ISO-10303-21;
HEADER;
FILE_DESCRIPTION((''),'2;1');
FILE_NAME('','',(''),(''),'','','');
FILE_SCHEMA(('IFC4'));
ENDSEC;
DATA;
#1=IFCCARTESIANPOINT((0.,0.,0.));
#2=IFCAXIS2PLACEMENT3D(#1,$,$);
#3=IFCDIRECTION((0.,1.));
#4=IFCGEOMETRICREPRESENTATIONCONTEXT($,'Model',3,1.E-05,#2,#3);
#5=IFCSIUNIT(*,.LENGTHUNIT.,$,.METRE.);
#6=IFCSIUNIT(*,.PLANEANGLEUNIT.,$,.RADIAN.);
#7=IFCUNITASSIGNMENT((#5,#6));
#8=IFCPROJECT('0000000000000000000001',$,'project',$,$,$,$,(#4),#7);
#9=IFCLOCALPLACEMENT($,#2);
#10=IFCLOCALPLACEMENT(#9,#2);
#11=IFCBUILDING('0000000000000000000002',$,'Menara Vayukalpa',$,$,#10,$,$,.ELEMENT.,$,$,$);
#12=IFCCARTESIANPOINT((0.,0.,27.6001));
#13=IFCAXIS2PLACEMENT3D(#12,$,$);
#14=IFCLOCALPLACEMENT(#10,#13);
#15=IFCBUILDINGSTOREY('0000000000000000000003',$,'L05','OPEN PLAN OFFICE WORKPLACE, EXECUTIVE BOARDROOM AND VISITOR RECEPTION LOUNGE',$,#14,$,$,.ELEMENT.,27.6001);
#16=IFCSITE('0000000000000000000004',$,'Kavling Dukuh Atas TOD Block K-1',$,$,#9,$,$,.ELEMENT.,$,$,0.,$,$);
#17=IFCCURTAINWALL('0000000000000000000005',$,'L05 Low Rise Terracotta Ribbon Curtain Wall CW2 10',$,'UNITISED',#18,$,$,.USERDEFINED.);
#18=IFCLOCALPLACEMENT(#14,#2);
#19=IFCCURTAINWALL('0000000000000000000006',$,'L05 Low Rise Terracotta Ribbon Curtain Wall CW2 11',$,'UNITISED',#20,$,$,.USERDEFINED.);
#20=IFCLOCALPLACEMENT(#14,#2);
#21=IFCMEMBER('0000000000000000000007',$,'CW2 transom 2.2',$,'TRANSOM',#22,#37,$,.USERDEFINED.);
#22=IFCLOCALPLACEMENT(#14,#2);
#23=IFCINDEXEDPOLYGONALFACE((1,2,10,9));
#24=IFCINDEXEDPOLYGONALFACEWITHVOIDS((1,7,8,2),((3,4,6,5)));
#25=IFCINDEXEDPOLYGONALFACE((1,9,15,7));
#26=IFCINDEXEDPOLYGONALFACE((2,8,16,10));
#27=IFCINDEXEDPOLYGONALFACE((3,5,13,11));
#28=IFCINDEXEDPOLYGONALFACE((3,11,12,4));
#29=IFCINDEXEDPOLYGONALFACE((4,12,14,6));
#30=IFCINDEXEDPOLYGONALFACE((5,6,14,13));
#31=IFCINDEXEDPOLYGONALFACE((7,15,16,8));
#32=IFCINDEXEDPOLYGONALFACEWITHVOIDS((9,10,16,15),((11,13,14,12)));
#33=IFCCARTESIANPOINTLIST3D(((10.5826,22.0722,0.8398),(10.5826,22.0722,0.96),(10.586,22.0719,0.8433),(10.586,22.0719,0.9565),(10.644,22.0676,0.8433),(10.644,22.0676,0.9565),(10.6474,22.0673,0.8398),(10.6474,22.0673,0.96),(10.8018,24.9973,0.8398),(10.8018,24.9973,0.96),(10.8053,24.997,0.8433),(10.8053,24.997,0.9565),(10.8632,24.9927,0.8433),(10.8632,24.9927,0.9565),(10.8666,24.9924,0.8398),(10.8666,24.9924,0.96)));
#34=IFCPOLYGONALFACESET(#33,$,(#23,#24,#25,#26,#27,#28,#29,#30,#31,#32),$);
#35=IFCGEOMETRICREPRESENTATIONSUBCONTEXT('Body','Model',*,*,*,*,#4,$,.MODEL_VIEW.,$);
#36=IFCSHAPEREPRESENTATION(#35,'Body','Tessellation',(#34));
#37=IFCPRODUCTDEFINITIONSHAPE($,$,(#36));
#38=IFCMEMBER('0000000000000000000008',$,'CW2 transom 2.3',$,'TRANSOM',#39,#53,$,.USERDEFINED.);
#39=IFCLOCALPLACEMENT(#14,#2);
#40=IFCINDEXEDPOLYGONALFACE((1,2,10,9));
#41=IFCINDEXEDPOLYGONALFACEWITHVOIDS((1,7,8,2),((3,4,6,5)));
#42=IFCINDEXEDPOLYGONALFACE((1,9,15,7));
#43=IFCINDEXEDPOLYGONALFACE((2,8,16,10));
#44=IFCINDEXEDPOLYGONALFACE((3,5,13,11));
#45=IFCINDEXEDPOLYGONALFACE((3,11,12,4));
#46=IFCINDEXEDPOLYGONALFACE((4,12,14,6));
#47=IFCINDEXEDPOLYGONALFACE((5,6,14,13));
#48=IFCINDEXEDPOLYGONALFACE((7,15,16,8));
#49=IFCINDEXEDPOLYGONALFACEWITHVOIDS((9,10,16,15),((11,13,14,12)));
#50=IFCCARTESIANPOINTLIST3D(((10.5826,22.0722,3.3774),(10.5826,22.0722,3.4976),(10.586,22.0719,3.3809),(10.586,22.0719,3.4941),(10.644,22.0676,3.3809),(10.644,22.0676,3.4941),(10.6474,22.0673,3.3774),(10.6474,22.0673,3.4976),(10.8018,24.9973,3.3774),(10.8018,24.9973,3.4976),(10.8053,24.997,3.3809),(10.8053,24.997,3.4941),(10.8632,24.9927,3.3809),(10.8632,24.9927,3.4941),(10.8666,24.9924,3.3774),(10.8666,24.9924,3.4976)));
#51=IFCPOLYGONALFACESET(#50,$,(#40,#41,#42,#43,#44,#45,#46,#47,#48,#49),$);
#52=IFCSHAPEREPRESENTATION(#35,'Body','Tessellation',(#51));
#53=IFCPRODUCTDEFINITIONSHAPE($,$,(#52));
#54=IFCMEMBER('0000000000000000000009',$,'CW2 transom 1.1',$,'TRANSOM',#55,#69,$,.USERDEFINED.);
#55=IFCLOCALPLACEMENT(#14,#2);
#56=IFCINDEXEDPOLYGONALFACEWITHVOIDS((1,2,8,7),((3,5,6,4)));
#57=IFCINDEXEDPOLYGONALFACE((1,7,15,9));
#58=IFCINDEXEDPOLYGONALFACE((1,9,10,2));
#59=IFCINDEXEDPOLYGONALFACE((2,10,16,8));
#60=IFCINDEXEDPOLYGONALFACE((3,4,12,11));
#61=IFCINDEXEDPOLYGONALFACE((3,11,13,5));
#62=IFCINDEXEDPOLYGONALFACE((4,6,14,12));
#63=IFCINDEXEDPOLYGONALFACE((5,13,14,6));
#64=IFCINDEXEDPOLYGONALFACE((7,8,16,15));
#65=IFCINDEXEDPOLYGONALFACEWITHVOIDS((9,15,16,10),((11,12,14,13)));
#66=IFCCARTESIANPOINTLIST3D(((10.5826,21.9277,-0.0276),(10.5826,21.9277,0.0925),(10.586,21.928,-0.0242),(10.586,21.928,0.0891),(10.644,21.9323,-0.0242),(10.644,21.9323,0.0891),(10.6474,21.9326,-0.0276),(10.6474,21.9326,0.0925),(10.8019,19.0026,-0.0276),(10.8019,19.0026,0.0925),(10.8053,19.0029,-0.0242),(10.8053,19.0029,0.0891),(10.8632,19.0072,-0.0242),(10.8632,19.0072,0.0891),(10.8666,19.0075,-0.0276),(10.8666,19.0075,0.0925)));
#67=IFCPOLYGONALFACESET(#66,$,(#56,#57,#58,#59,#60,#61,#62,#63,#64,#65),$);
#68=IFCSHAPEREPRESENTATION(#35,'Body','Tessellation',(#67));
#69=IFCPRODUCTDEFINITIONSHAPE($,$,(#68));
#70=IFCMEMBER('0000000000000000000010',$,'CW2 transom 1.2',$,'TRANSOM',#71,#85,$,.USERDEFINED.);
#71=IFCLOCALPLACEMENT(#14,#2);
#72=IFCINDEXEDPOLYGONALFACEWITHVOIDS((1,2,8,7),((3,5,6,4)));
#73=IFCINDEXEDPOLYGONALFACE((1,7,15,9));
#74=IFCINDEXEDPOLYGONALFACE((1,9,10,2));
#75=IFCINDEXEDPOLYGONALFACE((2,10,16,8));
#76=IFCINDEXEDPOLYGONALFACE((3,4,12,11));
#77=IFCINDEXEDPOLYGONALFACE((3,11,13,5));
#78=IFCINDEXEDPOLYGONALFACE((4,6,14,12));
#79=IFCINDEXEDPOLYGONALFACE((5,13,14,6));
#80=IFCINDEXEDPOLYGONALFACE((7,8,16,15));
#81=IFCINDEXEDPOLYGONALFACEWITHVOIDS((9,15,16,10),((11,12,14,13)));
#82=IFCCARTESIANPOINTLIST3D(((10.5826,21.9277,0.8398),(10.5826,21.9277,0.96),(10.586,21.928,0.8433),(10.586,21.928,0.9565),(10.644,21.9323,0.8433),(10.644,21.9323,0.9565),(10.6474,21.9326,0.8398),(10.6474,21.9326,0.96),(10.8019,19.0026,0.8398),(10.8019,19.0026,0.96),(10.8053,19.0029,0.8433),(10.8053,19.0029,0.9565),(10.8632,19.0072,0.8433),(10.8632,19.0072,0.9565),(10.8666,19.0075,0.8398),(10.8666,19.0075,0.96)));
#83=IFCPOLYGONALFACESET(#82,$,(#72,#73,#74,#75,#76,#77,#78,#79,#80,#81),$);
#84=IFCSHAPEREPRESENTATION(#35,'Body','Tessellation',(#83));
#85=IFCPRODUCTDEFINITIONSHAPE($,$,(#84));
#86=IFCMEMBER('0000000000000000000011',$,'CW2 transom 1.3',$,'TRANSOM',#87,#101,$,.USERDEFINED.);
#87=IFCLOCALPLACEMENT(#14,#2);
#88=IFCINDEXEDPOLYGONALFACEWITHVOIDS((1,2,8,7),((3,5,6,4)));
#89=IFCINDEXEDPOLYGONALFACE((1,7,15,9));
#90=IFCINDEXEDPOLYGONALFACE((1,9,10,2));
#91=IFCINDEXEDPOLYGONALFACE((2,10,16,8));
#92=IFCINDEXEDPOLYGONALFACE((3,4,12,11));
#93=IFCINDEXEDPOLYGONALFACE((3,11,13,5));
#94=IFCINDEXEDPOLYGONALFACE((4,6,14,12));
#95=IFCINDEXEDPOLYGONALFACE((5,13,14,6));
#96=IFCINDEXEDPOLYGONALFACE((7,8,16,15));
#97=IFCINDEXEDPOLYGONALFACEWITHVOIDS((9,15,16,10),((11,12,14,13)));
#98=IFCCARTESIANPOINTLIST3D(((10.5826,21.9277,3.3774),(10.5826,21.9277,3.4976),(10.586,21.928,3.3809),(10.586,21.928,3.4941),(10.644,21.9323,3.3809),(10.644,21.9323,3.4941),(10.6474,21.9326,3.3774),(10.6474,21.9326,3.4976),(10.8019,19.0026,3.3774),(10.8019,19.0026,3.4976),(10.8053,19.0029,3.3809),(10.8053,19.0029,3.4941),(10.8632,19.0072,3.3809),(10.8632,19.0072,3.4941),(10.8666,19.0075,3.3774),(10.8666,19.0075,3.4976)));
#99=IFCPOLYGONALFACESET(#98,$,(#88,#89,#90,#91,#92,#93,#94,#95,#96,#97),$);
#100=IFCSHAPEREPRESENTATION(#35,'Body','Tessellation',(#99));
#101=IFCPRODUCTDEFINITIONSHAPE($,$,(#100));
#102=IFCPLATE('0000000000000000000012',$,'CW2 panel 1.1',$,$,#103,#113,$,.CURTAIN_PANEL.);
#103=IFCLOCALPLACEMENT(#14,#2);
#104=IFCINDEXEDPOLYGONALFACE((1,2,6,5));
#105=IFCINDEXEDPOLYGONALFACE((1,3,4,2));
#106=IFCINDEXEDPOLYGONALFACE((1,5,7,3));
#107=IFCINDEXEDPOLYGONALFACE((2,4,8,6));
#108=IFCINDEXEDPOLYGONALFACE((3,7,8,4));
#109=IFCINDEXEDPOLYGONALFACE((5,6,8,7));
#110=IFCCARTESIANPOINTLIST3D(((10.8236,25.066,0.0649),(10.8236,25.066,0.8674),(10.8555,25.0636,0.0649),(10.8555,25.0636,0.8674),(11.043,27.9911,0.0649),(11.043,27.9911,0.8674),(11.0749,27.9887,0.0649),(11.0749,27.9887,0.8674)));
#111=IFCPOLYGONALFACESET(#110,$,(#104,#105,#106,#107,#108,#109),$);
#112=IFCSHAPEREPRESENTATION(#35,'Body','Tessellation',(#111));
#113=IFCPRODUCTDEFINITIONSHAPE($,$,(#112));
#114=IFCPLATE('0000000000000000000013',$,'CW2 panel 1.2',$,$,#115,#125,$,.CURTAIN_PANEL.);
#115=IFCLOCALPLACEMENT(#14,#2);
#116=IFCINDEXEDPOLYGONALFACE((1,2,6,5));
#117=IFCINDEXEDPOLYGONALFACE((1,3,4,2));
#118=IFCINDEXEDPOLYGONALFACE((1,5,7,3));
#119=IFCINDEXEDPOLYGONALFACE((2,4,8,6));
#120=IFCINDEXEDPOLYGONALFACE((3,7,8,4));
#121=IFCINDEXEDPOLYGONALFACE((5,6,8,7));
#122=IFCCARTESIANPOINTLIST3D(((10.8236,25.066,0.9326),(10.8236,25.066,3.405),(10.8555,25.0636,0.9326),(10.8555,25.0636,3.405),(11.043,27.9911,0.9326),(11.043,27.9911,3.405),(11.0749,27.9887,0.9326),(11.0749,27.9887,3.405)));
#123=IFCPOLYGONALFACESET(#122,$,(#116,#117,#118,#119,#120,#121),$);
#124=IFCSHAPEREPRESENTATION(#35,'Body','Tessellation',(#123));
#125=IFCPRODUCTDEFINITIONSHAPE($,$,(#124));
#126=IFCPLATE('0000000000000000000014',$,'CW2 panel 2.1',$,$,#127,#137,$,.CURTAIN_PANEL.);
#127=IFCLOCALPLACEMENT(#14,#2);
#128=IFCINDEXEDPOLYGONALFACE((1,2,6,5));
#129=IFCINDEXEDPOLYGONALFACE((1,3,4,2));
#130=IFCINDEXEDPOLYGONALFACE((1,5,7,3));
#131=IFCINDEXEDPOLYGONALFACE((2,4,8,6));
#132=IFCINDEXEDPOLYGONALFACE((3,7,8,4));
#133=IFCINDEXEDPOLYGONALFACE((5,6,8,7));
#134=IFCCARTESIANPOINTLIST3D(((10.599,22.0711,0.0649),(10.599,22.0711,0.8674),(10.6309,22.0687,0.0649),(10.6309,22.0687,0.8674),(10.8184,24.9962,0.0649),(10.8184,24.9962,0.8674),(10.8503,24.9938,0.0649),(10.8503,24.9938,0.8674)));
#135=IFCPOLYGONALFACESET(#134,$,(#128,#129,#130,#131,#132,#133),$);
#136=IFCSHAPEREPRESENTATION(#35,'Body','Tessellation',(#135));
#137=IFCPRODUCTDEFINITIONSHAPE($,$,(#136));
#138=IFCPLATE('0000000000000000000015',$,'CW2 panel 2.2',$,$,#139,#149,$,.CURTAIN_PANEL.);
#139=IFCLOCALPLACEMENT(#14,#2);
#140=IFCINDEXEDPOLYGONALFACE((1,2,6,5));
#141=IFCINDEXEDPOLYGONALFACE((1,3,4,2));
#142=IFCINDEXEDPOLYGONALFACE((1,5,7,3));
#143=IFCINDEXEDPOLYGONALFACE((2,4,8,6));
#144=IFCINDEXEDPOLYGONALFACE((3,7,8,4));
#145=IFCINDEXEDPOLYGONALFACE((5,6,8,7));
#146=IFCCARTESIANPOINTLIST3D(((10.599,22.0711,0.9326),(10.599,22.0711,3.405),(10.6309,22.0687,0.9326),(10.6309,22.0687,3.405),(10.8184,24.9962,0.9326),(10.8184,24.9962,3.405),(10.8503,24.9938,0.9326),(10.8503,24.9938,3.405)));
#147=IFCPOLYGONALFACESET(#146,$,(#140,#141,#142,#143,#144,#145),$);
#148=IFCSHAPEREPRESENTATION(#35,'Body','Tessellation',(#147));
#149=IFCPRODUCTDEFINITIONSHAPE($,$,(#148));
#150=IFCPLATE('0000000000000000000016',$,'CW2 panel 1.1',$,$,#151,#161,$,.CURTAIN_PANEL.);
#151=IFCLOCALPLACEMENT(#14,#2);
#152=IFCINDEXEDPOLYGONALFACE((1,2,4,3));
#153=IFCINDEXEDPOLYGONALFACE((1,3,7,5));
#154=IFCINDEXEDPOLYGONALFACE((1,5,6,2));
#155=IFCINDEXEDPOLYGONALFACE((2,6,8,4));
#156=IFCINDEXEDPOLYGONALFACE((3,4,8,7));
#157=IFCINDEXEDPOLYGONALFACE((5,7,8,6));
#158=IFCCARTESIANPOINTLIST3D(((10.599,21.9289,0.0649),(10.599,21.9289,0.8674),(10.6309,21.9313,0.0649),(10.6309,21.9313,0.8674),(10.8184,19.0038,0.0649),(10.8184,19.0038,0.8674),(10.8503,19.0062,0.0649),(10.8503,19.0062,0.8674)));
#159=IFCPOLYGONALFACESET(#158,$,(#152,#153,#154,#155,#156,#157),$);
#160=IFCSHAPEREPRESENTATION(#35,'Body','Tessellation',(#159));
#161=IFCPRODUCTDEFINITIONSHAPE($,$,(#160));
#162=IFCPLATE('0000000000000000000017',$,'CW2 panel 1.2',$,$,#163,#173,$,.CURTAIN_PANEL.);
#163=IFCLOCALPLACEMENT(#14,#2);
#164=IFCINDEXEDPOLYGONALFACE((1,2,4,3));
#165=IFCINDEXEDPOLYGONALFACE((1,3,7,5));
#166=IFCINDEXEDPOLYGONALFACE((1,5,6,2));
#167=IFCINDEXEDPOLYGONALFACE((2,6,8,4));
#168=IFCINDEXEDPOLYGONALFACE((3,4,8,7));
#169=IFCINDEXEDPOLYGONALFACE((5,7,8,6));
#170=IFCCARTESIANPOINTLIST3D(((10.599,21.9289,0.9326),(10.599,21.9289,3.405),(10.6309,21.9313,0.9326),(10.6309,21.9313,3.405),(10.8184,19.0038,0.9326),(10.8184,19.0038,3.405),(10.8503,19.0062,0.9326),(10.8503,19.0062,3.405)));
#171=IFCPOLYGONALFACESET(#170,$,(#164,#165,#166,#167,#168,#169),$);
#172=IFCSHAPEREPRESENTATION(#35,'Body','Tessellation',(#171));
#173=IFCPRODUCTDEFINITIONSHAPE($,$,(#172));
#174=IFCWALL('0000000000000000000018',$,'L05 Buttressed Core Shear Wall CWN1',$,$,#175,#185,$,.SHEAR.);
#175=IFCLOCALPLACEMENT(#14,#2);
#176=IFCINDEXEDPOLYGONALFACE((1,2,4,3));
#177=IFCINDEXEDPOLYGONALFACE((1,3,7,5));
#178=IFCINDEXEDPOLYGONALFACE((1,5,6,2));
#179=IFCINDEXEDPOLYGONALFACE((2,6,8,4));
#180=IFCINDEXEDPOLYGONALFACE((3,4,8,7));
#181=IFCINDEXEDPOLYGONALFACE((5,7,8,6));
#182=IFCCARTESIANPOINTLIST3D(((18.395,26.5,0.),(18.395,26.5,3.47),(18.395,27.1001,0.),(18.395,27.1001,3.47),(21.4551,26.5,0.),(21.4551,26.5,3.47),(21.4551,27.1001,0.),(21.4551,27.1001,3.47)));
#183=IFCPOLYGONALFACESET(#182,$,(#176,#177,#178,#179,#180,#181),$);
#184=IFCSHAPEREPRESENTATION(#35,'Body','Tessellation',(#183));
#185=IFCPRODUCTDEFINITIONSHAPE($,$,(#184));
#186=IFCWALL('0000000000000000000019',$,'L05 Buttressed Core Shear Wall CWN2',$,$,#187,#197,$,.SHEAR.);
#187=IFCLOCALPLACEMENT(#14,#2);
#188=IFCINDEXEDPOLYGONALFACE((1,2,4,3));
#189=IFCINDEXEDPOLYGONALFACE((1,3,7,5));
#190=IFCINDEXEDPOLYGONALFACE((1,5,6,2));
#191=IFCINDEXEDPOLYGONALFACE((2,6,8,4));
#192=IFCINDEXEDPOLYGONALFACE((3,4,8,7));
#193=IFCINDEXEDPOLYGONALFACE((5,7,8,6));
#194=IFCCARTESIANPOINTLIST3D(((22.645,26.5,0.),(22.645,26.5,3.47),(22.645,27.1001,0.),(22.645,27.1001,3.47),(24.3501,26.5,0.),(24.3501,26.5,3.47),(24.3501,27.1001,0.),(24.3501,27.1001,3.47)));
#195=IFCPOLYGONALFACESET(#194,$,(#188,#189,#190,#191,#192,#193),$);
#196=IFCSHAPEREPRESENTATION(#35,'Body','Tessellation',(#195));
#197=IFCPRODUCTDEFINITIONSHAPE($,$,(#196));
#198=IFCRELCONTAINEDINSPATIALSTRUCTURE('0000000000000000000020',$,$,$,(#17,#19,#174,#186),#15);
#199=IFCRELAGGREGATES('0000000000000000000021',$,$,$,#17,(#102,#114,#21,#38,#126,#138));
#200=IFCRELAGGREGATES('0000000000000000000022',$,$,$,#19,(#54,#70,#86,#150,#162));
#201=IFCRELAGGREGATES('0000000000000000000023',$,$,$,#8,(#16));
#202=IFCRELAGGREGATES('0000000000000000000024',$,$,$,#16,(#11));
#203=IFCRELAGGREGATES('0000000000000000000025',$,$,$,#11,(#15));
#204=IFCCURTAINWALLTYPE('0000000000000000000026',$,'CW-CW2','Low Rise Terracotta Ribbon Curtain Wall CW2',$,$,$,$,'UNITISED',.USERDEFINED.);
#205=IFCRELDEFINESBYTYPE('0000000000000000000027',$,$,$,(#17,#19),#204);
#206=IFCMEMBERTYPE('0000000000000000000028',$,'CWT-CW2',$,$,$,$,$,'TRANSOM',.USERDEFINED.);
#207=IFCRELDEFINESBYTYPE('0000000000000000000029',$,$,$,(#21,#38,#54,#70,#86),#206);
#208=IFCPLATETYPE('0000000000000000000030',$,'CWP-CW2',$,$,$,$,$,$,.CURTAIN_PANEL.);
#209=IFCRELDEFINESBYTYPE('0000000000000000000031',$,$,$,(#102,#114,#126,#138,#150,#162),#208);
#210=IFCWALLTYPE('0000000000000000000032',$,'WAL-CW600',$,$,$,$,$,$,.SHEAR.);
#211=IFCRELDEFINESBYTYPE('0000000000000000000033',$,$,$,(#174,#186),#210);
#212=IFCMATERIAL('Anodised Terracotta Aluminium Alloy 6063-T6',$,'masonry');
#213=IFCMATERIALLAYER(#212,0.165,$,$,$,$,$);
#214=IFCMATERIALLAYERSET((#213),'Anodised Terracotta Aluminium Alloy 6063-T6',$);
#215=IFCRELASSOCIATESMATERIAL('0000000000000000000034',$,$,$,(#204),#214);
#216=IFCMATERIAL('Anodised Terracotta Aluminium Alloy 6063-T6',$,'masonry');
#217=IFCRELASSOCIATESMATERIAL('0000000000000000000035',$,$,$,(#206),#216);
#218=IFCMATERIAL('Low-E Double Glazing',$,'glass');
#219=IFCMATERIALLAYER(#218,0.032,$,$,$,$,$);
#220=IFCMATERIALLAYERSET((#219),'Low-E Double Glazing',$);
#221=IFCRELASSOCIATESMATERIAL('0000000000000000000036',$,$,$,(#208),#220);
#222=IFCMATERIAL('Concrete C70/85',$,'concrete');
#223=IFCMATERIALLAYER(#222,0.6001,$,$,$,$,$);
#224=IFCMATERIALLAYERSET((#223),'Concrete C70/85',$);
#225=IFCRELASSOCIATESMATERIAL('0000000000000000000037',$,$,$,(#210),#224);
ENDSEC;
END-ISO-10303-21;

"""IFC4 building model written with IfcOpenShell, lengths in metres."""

from ifc_helpers import new_model, si_unit, direction, frame, frame_2d, origin, origin_2d, place, context, subcontext, project, spatial, rectangle, hollow_rectangle, extrude, material, layer, layer_set, material_profile, profile_set, type_object, element, aggregate, save


model = new_model("IFC4")

# Units and contexts
model_context = context("Model", 3, precision=1e-05, world=origin(), true_north=direction((0.0, 1.0)))
body_context = subcontext(model_context, "Body", "Model", "MODEL_VIEW")
ifc_project = project(units=[si_unit("LENGTHUNIT", "METRE"), si_unit("PLANEANGLEUNIT", "RADIAN")], contexts=[model_context])

# Site, building, storey
site_placement = place(None, origin())
site = spatial("IfcSite", under=ifc_project, at=site_placement, Name="Kavling Dukuh Atas TOD Block K-1", CompositionType="ELEMENT", RefElevation=0.0)
building_placement = place(site_placement, origin())
building = spatial("IfcBuilding", under=site, at=building_placement, Name="Menara Vayukalpa", CompositionType="ELEMENT")
storey_placement = place(building_placement, frame((0.0, 0.0, 27.6001)))
storey = spatial("IfcBuildingStorey", under=building, at=storey_placement, Name="L05", Description="OPEN PLAN OFFICE WORKPLACE, EXECUTIVE BOARDROOM AND VISITOR RECEPTION LOUNGE", CompositionType="ELEMENT", Elevation=27.6001)

# Curtain wall
ifc_material_1 = material(Name="Anodised Terracotta Aluminium Alloy 6063-T6", Category="masonry")
ifc_layer_1 = layer(ifc_material_1, 0.165)
ifc_layer_set_1 = layer_set([ifc_layer_1], Name="Anodised Terracotta Aluminium Alloy 6063-T6")
curtain_wall_type = type_object("IfcCurtainWallType", Name="CW-CW2", Description="Low Rise Terracotta Ribbon Curtain Wall CW2", ElementType="UNITISED", PredefinedType="USERDEFINED", material=ifc_layer_set_1)
curtain_wall_1_placement = place(storey_placement, origin())
curtain_wall_1 = element("IfcCurtainWall", 1, at=curtain_wall_1_placement, inside=storey, type_object=curtain_wall_type, Name="L05 Low Rise Terracotta Ribbon Curtain Wall CW2 10", ObjectType="UNITISED", PredefinedType="USERDEFINED")

# Curtain wall
curtain_wall_2_placement = place(storey_placement, origin())
curtain_wall_2 = element("IfcCurtainWall", 2, at=curtain_wall_2_placement, inside=storey, type_object=curtain_wall_type, Name="L05 Low Rise Terracotta Ribbon Curtain Wall CW2 11", ObjectType="UNITISED", PredefinedType="USERDEFINED")

# Members
ifc_material_2 = material(Name="Anodised Terracotta Aluminium Alloy 6063-T6", Category="masonry")
ifc_material_profile_1 = material_profile(ifc_material_2, hollow_rectangle(XDim=0.0649, YDim=0.1201, WallThickness=0.0034, at=origin_2d()), Name="ALU 65x120x3.5")
ifc_profile_set_1 = profile_set([ifc_material_profile_1], Name="Anodised Terracotta Aluminium Alloy 6063-T6")
member_type_1 = type_object("IfcMemberType", Name="CWT-CW2", ElementType="TRANSOM", PredefinedType="USERDEFINED", material=ifc_profile_set_1)
member_1_placement = place(storey_placement, frame((10.8342, 24.9949, 0.8999), z_axis=(-0.074742, -0.997203, 0.0), x_axis=(0.997203, -0.074742, 0.0)))
member_1 = element("IfcMember", 3, at=member_1_placement, type_object=member_type_1, Name="CW2 transom 2.2", ObjectType="TRANSOM", PredefinedType="USERDEFINED", context=body_context, shape_type="SweptSolid", body=[
    extrude(hollow_rectangle(XDim=0.0649, YDim=0.1201, WallThickness=0.0034, at=origin_2d()), origin(), (0.0, 0.0, 1.0), 2.9333),
])
member_2_placement = place(storey_placement, frame((10.8342, 24.9949, 3.4375), z_axis=(-0.074742, -0.997203, 0.0), x_axis=(0.997203, -0.074742, 0.0)))
member_2 = element("IfcMember", 4, at=member_2_placement, type_object=member_type_1, Name="CW2 transom 2.3", ObjectType="TRANSOM", PredefinedType="USERDEFINED", context=body_context, shape_type="SweptSolid", body=[
    extrude(hollow_rectangle(XDim=0.0649, YDim=0.1201, WallThickness=0.0034, at=origin_2d()), origin(), (0.0, 0.0, 1.0), 2.9333),
])
member_3_placement = place(storey_placement, frame((10.615, 21.9302, 0.0325), z_axis=(0.074742, -0.997203, 0.0), x_axis=(0.997203, 0.074742, 0.0)))
member_3 = element("IfcMember", 5, at=member_3_placement, type_object=member_type_1, Name="CW2 transom 1.1", ObjectType="TRANSOM", PredefinedType="USERDEFINED", context=body_context, shape_type="SweptSolid", body=[
    extrude(hollow_rectangle(XDim=0.0649, YDim=0.1201, WallThickness=0.0034, at=origin_2d()), origin(), (0.0, 0.0, 1.0), 2.9333),
])
member_4_placement = place(storey_placement, frame((10.615, 21.9302, 0.8999), z_axis=(0.074742, -0.997203, 0.0), x_axis=(0.997203, 0.074742, 0.0)))
member_4 = element("IfcMember", 6, at=member_4_placement, type_object=member_type_1, Name="CW2 transom 1.2", ObjectType="TRANSOM", PredefinedType="USERDEFINED", context=body_context, shape_type="SweptSolid", body=[
    extrude(hollow_rectangle(XDim=0.0649, YDim=0.1201, WallThickness=0.0034, at=origin_2d()), origin(), (0.0, 0.0, 1.0), 2.9333),
])
member_5_placement = place(storey_placement, frame((10.615, 21.9302, 3.4375), z_axis=(0.074742, -0.997203, 0.0), x_axis=(0.997203, 0.074742, 0.0)))
member_5 = element("IfcMember", 7, at=member_5_placement, type_object=member_type_1, Name="CW2 transom 1.3", ObjectType="TRANSOM", PredefinedType="USERDEFINED", context=body_context, shape_type="SweptSolid", body=[
    extrude(hollow_rectangle(XDim=0.0649, YDim=0.1201, WallThickness=0.0034, at=origin_2d()), origin(), (0.0, 0.0, 1.0), 2.9333),
])

# Plates
ifc_material_3 = material(Name="Low-E Double Glazing", Category="glass")
ifc_layer_2 = layer(ifc_material_3, 0.032)
ifc_layer_set_2 = layer_set([ifc_layer_2], Name="Low-E Double Glazing")
plate_type = type_object("IfcPlateType", Name="CWP-CW2", PredefinedType="CURTAIN_PANEL", material=ifc_layer_set_2)
plate_1_placement = place(storey_placement, frame((10.9492, 26.5273, 0.0649), z_axis=(0.0, 0.0, 1.0), x_axis=(-0.074795, -0.997199, 0.0)))
plate_1 = element("IfcPlate", 8, at=plate_1_placement, type_object=plate_type, Name="CW2 panel 1.1", PredefinedType="CURTAIN_PANEL", context=body_context, shape_type="SweptSolid", body=[
    extrude(rectangle(XDim=2.9333, YDim=0.032, at=origin_2d()), origin(), (0.0, 0.0, 1.0), 0.8025),
])
plate_2_placement = place(storey_placement, frame((10.9492, 26.5273, 0.9326), z_axis=(0.0, 0.0, 1.0), x_axis=(-0.074795, -0.997199, 0.0)))
plate_2 = element("IfcPlate", 9, at=plate_2_placement, type_object=plate_type, Name="CW2 panel 1.2", PredefinedType="CURTAIN_PANEL", context=body_context, shape_type="SweptSolid", body=[
    extrude(rectangle(XDim=2.9333, YDim=0.032, at=origin_2d()), origin(), (0.0, 0.0, 1.0), 2.4724),
])
plate_3_placement = place(storey_placement, frame((10.7246, 23.5325, 0.0649), z_axis=(0.0, 0.0, 1.0), x_axis=(-0.074795, -0.997199, 0.0)))
plate_3 = element("IfcPlate", 10, at=plate_3_placement, type_object=plate_type, Name="CW2 panel 2.1", PredefinedType="CURTAIN_PANEL", context=body_context, shape_type="SweptSolid", body=[
    extrude(rectangle(XDim=2.9333, YDim=0.032, at=origin_2d()), origin(), (0.0, 0.0, 1.0), 0.8025),
])
plate_4_placement = place(storey_placement, frame((10.7246, 23.5325, 0.9326), z_axis=(0.0, 0.0, 1.0), x_axis=(-0.074795, -0.997199, 0.0)))
plate_4 = element("IfcPlate", 11, at=plate_4_placement, type_object=plate_type, Name="CW2 panel 2.2", PredefinedType="CURTAIN_PANEL", context=body_context, shape_type="SweptSolid", body=[
    extrude(rectangle(XDim=2.9333, YDim=0.032, at=origin_2d()), origin(), (0.0, 0.0, 1.0), 2.4724),
])
aggregate(curtain_wall_1, [plate_1, plate_2, member_1, member_2, plate_3, plate_4])
plate_5_placement = place(storey_placement, frame((10.7246, 20.4675, 0.0649), z_axis=(0.0, 0.0, 1.0), x_axis=(0.074795, -0.997199, 0.0)))
plate_5 = element("IfcPlate", 12, at=plate_5_placement, type_object=plate_type, Name="CW2 panel 1.1", PredefinedType="CURTAIN_PANEL", context=body_context, shape_type="SweptSolid", body=[
    extrude(rectangle(XDim=2.9333, YDim=0.032, at=origin_2d()), origin(), (0.0, 0.0, 1.0), 0.8025),
])
plate_6_placement = place(storey_placement, frame((10.7246, 20.4675, 0.9326), z_axis=(0.0, 0.0, 1.0), x_axis=(0.074795, -0.997199, 0.0)))
plate_6 = element("IfcPlate", 13, at=plate_6_placement, type_object=plate_type, Name="CW2 panel 1.2", PredefinedType="CURTAIN_PANEL", context=body_context, shape_type="SweptSolid", body=[
    extrude(rectangle(XDim=2.9333, YDim=0.032, at=origin_2d()), origin(), (0.0, 0.0, 1.0), 2.4724),
])
aggregate(curtain_wall_2, [member_3, member_4, member_5, plate_5, plate_6])

# Walls
ifc_material_4 = material(Name="Concrete C70/85", Category="concrete")
ifc_layer_3 = layer(ifc_material_4, 0.6001)
ifc_layer_set_3 = layer_set([ifc_layer_3], Name="Concrete C70/85")
wall_type_1 = type_object("IfcWallType", Name="WAL-CW600", PredefinedType="SHEAR", material=ifc_layer_set_3)
wall_1_placement = place(storey_placement, frame((18.395, 26.8, 0.0), z_axis=(0.0, 0.0, 1.0), x_axis=(1.0, 0.0, 0.0)))
element("IfcWall", 14, at=wall_1_placement, inside=storey, type_object=wall_type_1, Name="L05 Buttressed Core Shear Wall CWN1", PredefinedType="SHEAR", context=body_context, shape_type="SweptSolid", body=[
    extrude(rectangle(XDim=3.0601, YDim=0.6001, at=frame_2d((1.53, 0.0))), origin(), (0.0, 0.0, 1.0), 3.47),
])
wall_2_placement = place(storey_placement, frame((22.645, 26.8, 0.0), z_axis=(0.0, 0.0, 1.0), x_axis=(1.0, 0.0, 0.0)))
element("IfcWall", 15, at=wall_2_placement, inside=storey, type_object=wall_type_1, Name="L05 Buttressed Core Shear Wall CWN2", PredefinedType="SHEAR", context=body_context, shape_type="SweptSolid", body=[
    extrude(rectangle(XDim=1.7051, YDim=0.6001, at=frame_2d((0.8525, 0.0))), origin(), (0.0, 0.0, 1.0), 3.47),
])

save(model, "model.ifc")
